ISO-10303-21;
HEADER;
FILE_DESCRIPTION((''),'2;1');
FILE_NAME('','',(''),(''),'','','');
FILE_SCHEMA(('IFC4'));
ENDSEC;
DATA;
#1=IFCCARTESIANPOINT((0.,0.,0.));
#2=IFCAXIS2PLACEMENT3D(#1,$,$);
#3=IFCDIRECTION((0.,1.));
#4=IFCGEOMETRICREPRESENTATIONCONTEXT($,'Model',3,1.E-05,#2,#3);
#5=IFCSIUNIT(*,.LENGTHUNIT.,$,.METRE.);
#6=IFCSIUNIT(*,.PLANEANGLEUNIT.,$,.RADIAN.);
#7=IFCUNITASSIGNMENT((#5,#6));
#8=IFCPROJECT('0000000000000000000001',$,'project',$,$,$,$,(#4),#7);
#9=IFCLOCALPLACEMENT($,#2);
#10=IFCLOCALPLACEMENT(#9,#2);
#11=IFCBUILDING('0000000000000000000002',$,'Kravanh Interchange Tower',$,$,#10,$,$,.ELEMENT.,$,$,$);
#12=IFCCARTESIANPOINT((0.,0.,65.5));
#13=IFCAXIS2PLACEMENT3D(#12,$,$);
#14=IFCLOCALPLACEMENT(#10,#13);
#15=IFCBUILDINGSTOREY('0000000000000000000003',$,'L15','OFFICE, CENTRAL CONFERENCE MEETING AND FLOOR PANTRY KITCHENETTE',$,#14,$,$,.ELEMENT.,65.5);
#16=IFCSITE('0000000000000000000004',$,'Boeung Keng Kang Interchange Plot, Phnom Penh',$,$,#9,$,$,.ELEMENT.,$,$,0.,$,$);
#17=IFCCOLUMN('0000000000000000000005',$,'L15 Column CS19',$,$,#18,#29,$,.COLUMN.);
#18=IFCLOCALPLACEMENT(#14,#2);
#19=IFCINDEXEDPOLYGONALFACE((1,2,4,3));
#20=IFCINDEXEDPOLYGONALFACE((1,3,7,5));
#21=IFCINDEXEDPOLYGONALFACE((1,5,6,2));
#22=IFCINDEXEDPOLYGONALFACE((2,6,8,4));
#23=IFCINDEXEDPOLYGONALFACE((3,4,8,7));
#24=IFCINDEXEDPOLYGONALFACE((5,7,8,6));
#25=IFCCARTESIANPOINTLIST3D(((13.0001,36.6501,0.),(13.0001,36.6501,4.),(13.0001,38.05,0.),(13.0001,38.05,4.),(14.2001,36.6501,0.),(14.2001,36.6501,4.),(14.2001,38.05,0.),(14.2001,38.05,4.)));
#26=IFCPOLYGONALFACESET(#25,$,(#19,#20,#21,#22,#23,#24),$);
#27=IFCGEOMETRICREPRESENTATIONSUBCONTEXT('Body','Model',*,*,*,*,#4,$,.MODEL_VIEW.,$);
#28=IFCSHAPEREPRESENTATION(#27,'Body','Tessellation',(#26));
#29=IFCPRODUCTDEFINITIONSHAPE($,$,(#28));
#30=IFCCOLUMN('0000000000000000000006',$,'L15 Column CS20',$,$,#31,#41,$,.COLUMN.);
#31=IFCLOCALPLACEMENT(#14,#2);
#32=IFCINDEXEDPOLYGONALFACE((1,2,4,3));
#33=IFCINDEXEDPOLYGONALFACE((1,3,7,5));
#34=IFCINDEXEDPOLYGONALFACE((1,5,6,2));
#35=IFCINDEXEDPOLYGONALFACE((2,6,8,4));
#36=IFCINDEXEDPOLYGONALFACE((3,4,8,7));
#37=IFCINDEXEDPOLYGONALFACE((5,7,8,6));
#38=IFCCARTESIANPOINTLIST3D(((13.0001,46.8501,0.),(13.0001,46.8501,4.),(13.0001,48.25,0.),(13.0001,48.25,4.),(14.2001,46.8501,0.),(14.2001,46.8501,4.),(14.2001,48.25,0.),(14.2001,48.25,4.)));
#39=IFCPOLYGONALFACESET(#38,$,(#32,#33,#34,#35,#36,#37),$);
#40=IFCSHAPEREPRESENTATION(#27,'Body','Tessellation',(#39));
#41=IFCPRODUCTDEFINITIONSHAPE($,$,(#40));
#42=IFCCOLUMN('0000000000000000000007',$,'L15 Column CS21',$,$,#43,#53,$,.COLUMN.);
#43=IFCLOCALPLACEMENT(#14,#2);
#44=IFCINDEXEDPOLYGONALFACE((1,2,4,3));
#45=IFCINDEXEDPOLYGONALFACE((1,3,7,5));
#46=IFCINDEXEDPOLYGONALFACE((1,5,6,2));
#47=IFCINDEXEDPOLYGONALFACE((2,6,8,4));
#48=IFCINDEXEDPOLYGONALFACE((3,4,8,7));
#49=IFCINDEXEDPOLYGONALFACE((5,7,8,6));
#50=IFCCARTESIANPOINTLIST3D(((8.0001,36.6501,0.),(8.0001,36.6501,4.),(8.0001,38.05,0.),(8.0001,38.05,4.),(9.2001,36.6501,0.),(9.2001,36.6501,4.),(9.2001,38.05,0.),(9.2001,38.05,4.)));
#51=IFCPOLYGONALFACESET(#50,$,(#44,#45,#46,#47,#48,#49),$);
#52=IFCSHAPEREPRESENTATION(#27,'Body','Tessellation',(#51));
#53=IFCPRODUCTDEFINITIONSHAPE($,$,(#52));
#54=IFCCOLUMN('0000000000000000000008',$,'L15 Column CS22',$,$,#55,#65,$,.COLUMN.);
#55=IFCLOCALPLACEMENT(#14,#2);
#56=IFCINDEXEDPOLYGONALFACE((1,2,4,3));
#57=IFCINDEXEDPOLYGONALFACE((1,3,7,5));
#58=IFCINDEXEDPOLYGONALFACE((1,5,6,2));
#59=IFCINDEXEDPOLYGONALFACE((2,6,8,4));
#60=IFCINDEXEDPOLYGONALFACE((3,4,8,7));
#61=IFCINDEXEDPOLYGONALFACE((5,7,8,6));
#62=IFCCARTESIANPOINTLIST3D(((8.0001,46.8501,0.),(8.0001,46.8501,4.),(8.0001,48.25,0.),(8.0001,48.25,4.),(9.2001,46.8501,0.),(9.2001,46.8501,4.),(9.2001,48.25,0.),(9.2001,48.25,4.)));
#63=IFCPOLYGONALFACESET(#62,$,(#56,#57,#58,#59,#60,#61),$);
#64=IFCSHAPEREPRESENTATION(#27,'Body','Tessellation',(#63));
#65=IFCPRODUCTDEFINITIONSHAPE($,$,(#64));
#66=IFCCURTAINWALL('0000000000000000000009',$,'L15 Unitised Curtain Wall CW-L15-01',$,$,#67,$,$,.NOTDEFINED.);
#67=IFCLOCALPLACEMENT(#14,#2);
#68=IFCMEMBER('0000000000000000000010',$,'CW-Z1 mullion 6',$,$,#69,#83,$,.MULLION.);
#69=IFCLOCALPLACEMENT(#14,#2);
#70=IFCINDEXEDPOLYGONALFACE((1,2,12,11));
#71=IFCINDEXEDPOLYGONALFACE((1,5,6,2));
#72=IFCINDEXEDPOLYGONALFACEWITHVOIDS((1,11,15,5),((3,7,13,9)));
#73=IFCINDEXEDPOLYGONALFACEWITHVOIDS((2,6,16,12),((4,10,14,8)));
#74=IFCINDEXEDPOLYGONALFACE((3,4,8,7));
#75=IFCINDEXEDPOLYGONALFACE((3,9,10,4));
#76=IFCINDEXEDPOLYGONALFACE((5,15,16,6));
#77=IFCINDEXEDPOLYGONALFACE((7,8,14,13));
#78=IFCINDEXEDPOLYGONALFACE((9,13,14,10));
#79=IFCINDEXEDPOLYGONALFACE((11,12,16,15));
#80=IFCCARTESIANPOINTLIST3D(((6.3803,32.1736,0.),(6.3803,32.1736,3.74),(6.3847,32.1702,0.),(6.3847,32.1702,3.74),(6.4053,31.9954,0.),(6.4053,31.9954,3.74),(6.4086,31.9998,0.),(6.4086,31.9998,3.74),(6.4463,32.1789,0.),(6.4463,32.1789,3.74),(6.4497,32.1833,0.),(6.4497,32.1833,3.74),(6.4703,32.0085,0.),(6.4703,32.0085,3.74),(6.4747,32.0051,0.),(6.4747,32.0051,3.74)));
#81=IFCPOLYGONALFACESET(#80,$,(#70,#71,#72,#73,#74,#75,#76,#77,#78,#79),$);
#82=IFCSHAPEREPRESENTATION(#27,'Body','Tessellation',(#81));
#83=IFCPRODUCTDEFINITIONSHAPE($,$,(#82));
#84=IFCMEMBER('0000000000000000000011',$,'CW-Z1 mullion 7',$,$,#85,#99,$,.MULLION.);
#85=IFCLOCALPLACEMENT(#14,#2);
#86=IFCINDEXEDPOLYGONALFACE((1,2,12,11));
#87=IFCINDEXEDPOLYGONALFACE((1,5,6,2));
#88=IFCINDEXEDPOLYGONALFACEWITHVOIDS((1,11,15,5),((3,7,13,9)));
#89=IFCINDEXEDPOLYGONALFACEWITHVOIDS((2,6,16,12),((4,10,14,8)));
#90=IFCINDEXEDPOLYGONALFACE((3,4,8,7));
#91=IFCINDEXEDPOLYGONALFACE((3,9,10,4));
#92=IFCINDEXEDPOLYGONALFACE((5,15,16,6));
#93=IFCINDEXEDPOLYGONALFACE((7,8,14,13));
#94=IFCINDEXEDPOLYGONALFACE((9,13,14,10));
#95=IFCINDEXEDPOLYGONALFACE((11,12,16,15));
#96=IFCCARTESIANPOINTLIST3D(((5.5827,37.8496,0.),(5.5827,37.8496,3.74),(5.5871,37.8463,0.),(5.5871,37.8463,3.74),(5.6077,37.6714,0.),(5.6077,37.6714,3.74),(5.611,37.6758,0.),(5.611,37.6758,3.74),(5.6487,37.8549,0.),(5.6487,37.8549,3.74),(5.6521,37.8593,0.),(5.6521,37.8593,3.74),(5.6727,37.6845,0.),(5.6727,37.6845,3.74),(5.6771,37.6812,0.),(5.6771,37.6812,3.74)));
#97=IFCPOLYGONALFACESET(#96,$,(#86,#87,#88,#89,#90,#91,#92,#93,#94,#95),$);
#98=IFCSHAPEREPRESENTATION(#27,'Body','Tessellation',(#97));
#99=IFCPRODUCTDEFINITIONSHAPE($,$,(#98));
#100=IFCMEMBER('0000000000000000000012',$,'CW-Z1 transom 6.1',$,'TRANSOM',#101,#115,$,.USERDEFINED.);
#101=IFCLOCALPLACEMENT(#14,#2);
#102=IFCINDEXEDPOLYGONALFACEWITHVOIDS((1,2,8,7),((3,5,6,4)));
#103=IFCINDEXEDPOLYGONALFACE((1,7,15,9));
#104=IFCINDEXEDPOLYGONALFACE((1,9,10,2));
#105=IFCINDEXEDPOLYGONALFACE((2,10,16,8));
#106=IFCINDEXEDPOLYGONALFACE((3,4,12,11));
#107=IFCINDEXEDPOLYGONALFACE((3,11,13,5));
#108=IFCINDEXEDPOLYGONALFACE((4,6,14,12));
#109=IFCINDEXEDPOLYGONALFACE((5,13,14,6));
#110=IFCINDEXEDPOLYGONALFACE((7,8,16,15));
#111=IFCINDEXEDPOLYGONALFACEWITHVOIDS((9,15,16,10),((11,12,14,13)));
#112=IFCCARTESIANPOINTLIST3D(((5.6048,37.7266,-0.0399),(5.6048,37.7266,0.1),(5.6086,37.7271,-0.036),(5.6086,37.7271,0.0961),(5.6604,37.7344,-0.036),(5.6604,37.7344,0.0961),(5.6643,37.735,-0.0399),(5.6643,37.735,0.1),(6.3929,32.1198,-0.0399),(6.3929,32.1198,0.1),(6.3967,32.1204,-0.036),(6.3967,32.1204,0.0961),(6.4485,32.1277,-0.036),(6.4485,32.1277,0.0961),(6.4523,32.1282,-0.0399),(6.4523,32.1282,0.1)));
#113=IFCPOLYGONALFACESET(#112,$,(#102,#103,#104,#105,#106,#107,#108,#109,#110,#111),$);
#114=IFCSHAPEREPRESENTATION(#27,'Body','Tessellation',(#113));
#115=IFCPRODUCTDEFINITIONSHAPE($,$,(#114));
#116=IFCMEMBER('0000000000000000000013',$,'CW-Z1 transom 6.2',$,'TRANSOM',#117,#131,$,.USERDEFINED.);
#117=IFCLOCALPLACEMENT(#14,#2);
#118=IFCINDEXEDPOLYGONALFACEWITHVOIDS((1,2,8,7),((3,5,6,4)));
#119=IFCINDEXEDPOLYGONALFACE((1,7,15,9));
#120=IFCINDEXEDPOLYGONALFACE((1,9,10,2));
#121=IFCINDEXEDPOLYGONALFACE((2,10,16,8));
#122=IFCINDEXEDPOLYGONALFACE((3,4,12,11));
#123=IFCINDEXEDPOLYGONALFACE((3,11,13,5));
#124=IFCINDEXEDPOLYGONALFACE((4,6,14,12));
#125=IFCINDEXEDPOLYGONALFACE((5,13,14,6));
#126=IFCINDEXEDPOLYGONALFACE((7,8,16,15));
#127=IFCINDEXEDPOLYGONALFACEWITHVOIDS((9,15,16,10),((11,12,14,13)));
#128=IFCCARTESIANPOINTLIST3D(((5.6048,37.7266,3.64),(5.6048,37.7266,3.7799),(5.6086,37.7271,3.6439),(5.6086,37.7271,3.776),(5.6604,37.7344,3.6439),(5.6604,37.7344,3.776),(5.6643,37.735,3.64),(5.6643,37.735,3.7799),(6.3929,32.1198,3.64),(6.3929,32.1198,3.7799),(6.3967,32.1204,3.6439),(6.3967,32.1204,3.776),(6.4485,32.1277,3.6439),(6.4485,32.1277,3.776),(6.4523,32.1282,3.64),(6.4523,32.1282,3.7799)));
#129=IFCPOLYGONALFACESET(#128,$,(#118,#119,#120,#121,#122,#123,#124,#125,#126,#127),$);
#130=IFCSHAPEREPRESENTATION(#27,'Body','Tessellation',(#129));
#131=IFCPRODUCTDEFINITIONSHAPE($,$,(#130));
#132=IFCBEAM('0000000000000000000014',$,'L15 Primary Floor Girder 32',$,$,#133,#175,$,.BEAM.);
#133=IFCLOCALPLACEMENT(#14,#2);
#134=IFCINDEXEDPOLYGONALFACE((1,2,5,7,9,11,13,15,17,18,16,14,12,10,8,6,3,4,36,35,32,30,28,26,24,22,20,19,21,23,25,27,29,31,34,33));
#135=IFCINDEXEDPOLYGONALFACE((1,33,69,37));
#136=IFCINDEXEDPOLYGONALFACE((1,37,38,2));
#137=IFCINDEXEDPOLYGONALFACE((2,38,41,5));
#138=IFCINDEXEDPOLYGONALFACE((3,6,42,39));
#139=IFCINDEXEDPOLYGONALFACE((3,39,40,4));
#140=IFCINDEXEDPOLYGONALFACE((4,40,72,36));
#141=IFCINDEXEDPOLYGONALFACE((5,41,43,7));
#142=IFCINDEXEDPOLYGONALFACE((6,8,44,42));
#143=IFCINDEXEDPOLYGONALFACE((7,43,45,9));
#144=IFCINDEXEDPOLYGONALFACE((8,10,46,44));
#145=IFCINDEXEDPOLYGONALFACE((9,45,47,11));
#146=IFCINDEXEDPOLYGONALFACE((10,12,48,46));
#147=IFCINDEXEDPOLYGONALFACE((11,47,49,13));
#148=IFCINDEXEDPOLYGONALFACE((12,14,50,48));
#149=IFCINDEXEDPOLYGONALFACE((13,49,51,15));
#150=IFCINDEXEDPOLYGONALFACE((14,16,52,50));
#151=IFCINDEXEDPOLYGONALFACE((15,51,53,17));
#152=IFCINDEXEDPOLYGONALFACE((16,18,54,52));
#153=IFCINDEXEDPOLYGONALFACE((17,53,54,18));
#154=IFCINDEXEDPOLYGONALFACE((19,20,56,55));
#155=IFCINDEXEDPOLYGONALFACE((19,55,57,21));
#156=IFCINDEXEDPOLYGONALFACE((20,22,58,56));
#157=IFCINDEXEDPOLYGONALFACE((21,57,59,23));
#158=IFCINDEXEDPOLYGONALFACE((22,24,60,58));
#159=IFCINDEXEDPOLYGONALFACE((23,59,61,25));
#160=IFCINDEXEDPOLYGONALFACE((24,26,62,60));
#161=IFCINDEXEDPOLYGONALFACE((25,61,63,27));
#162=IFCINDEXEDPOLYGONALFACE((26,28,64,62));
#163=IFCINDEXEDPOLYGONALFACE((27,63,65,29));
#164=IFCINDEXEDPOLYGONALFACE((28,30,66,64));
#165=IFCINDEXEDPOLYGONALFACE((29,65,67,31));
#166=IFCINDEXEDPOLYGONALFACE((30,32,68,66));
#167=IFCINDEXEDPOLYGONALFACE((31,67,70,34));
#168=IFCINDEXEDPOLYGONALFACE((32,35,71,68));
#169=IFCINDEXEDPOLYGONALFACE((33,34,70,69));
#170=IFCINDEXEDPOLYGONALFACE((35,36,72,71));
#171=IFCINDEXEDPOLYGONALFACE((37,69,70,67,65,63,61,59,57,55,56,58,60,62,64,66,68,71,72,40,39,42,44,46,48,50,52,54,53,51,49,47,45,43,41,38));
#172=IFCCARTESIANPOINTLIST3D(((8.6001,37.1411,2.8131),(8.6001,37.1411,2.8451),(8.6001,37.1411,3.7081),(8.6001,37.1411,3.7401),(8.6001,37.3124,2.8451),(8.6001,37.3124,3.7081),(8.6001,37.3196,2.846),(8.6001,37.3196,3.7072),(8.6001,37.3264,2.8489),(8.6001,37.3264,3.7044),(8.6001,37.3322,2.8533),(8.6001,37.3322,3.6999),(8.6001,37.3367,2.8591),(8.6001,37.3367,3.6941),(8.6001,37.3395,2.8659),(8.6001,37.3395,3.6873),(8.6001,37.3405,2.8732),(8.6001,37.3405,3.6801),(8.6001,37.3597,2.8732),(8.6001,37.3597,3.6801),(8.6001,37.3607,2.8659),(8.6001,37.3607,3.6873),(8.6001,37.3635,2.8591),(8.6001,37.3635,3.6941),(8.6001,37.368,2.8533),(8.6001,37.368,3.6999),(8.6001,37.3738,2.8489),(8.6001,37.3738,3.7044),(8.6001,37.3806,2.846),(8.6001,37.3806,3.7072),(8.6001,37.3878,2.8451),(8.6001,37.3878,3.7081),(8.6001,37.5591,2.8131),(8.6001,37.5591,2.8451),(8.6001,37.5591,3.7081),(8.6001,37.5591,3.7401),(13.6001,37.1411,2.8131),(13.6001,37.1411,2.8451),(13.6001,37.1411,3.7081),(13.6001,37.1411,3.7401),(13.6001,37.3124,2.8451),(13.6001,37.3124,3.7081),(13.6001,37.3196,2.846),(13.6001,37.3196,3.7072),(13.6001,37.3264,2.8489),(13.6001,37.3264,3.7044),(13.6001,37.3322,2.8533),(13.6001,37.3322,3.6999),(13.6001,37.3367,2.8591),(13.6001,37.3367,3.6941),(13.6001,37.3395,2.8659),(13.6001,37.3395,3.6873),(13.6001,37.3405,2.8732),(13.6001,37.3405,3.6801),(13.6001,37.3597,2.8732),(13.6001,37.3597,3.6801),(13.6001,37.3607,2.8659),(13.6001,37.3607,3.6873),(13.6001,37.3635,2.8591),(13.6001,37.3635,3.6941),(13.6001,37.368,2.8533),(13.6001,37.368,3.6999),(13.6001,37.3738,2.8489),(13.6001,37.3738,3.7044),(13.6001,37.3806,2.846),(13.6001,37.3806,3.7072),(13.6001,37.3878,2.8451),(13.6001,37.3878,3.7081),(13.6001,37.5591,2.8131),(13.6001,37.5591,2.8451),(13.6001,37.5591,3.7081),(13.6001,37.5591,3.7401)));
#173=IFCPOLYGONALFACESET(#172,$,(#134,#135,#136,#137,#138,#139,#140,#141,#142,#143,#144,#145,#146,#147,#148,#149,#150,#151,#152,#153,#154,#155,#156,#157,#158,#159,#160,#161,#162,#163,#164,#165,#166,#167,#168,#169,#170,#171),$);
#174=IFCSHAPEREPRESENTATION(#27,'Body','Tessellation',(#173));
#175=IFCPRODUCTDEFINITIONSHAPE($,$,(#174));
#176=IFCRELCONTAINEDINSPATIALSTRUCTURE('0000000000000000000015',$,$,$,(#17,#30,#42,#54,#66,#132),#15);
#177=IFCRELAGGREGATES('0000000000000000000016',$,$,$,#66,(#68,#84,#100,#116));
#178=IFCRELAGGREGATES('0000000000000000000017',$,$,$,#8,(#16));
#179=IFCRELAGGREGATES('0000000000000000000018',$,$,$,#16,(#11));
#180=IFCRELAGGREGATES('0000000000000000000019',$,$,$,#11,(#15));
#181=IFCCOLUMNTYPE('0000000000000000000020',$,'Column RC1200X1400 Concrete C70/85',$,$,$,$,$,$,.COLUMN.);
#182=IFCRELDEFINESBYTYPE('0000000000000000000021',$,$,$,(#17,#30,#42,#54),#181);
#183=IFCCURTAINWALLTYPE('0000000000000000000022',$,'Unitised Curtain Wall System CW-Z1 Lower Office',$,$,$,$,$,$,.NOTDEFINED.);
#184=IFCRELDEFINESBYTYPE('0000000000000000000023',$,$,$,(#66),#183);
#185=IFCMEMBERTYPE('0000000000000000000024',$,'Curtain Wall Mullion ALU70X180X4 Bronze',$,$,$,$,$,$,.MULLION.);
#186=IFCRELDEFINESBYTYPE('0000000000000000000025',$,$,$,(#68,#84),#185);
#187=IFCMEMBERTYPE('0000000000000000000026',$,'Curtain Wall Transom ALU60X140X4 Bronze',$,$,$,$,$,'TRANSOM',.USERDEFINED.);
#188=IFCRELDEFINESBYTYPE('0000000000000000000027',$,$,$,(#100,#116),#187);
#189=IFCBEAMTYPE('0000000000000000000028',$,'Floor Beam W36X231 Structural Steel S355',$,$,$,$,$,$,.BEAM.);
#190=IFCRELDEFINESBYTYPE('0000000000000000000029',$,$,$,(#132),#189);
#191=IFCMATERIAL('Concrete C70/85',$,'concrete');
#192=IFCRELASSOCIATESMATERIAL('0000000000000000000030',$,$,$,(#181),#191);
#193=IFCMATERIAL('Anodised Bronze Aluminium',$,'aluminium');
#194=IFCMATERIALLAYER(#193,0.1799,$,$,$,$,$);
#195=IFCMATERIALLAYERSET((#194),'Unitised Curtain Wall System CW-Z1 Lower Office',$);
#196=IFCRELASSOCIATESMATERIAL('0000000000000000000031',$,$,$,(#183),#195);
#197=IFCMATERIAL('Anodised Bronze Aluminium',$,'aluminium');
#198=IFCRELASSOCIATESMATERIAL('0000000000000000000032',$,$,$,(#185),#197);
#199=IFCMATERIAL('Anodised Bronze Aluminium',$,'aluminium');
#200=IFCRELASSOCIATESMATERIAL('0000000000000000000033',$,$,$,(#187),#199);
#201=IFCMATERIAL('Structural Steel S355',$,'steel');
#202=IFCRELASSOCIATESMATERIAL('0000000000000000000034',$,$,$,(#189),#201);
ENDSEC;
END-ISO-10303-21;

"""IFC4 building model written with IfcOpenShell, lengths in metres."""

from ifc_helpers import new_model, si_unit, direction, frame, origin, origin_2d, place, context, subcontext, project, spatial, rectangle, hollow_rectangle, i_section, extrude, material, layer, layer_set, material_profile, profile_set, type_object, element, aggregate, save


model = new_model("IFC4")

# Units and contexts
model_context = context("Model", 3, precision=1e-05, world=origin(), true_north=direction((0.0, 1.0)))
body_context = subcontext(model_context, "Body", "Model", "MODEL_VIEW")
ifc_project = project(units=[si_unit("LENGTHUNIT", "METRE"), si_unit("PLANEANGLEUNIT", "RADIAN")], contexts=[model_context])

# Site, building, storey
site_placement = place(None, origin())
site = spatial("IfcSite", under=ifc_project, at=site_placement, Name="Boeung Keng Kang Interchange Plot, Phnom Penh", CompositionType="ELEMENT", RefElevation=0.0)
building_placement = place(site_placement, origin())
building = spatial("IfcBuilding", under=site, at=building_placement, Name="Kravanh Interchange Tower", CompositionType="ELEMENT")
storey_placement = place(building_placement, frame((0.0, 0.0, 65.5)))
storey = spatial("IfcBuildingStorey", under=building, at=storey_placement, Name="L15", Description="OFFICE, CENTRAL CONFERENCE MEETING AND FLOOR PANTRY KITCHENETTE", CompositionType="ELEMENT", Elevation=65.5)

# Columns
ifc_material_1 = material(Name="Concrete C70/85", Category="concrete")
ifc_material_profile_1 = material_profile(ifc_material_1, rectangle(XDim=1.2, YDim=1.3999, at=origin_2d()), Name="RC1200X1400")
ifc_profile_set_1 = profile_set([ifc_material_profile_1], Name="Concrete C70/85")
column_type = type_object("IfcColumnType", Name="Column RC1200X1400 Concrete C70/85", PredefinedType="COLUMN", material=ifc_profile_set_1)
for number, where, z_axis, x_axis, name in (
    (1, (13.6001, 37.3501, 0.0), (0.0, 0.0, 1.0), (1.0, 0.0, 0.0), "L15 Column CS19"),
    (2, (13.6001, 47.55, 0.0), (0.0, 0.0, 1.0), (1.0, 0.0, 0.0), "L15 Column CS20"),
    (3, (8.6001, 37.3501, 0.0), (0.0, 0.0, 1.0), (1.0, 0.0, 0.0), "L15 Column CS21"),
    (4, (8.6001, 47.55, 0.0), (0.0, 0.0, 1.0), (1.0, 0.0, 0.0), "L15 Column CS22"),
):
    element("IfcColumn", number, at=place(storey_placement, frame(where, z_axis=z_axis, x_axis=x_axis)), inside=storey, type_object=column_type, Name=name, PredefinedType="COLUMN", context=body_context, shape_type="SweptSolid", body=[
        extrude(rectangle(XDim=1.2, YDim=1.3999, at=origin_2d()), origin(), (0.0, 0.0, 1.0), 4.0),
    ])

# Curtain wall, members
ifc_material_2 = material(Name="Anodised Bronze Aluminium", Category="aluminium")
ifc_layer_1 = layer(ifc_material_2, 0.1799)
ifc_layer_set_1 = layer_set([ifc_layer_1], Name="Unitised Curtain Wall System CW-Z1 Lower Office")
curtain_wall_type = type_object("IfcCurtainWallType", Name="Unitised Curtain Wall System CW-Z1 Lower Office", PredefinedType="NOTDEFINED", material=ifc_layer_set_1)
curtain_wall_placement = place(storey_placement, origin())
curtain_wall = element("IfcCurtainWall", 5, at=curtain_wall_placement, inside=storey, type_object=curtain_wall_type, Name="L15 Unitised Curtain Wall CW-L15-01", PredefinedType="NOTDEFINED")
ifc_material_3 = material(Name="Anodised Bronze Aluminium", Category="aluminium")
ifc_material_profile_2 = material_profile(ifc_material_3, hollow_rectangle(XDim=0.0701, YDim=0.1799, WallThickness=0.0039, at=origin_2d()), Name="ALU70X180X4")
ifc_profile_set_2 = profile_set([ifc_material_profile_2], Name="Anodised Bronze Aluminium")
member_type_1 = type_object("IfcMemberType", Name="Curtain Wall Mullion ALU70X180X4 Bronze", PredefinedType="MULLION", material=ifc_profile_set_2)
member_1_placement = place(storey_placement, frame((6.4275, 32.0894, 0.0), z_axis=(0.0, 0.0, 1.0), x_axis=(-0.990268, -0.139177, 0.0)))
member_1 = element("IfcMember", 6, at=member_1_placement, type_object=member_type_1, Name="CW-Z1 mullion 6", PredefinedType="MULLION", context=body_context, shape_type="SweptSolid", body=[
    extrude(hollow_rectangle(XDim=0.0701, YDim=0.1799, WallThickness=0.0039, at=origin_2d()), origin(), (0.0, 0.0, 1.0), 3.74),
])
member_2_placement = place(storey_placement, frame((5.6299, 37.7654, 0.0), z_axis=(0.0, 0.0, 1.0), x_axis=(-0.990268, -0.139177, 0.0)))
member_2 = element("IfcMember", 7, at=member_2_placement, type_object=member_type_1, Name="CW-Z1 mullion 7", PredefinedType="MULLION", context=body_context, shape_type="SweptSolid", body=[
    extrude(hollow_rectangle(XDim=0.0701, YDim=0.1799, WallThickness=0.0039, at=origin_2d()), origin(), (0.0, 0.0, 1.0), 3.74),
])
ifc_material_4 = material(Name="Anodised Bronze Aluminium", Category="aluminium")
ifc_material_profile_3 = material_profile(ifc_material_4, hollow_rectangle(XDim=0.0601, YDim=0.1399, WallThickness=0.0039, at=origin_2d()), Name="ALU60X140X4")
ifc_profile_set_3 = profile_set([ifc_material_profile_3], Name="Anodised Bronze Aluminium")
member_type_2 = type_object("IfcMemberType", Name="Curtain Wall Transom ALU60X140X4 Bronze", ElementType="TRANSOM", PredefinedType="USERDEFINED", material=ifc_profile_set_3)
member_3_placement = place(storey_placement, frame((6.4226, 32.124, 0.03), z_axis=(-0.139193, 0.990265, 0.0), x_axis=(-0.990265, -0.139193, 0.0)))
member_3 = element("IfcMember", 8, at=member_3_placement, type_object=member_type_2, Name="CW-Z1 transom 6.1", ObjectType="TRANSOM", PredefinedType="USERDEFINED", context=body_context, shape_type="SweptSolid", body=[
    extrude(hollow_rectangle(XDim=0.0601, YDim=0.1399, WallThickness=0.0039, at=origin_2d()), origin(), (0.0, 0.0, 1.0), 5.6619),
])
member_4_placement = place(storey_placement, frame((6.4226, 32.124, 3.71), z_axis=(-0.139193, 0.990265, 0.0), x_axis=(-0.990265, -0.139193, 0.0)))
member_4 = element("IfcMember", 9, at=member_4_placement, type_object=member_type_2, Name="CW-Z1 transom 6.2", ObjectType="TRANSOM", PredefinedType="USERDEFINED", context=body_context, shape_type="SweptSolid", body=[
    extrude(hollow_rectangle(XDim=0.0601, YDim=0.1399, WallThickness=0.0039, at=origin_2d()), origin(), (0.0, 0.0, 1.0), 5.6619),
])

# Beam
ifc_material_5 = material(Name="Structural Steel S355", Category="steel")
ifc_material_profile_4 = material_profile(ifc_material_5, i_section(OverallWidth=0.418, OverallDepth=0.927, WebThickness=0.0193, FlangeThickness=0.032, FilletRadius=0.0281, at=origin_2d()), Name="W36X231")
ifc_profile_set_4 = profile_set([ifc_material_profile_4], Name="Structural Steel S355")
beam_type = type_object("IfcBeamType", Name="Floor Beam W36X231 Structural Steel S355", PredefinedType="BEAM", material=ifc_profile_set_4)
beam_1_placement = place(storey_placement, frame((13.6001, 37.3501, 3.2766), z_axis=(-1.0, 0.0, 0.0), x_axis=(0.0, -1.0, 0.0)))
element("IfcBeam", 10, at=beam_1_placement, inside=storey, type_object=beam_type, Name="L15 Primary Floor Girder 32", PredefinedType="BEAM", context=body_context, shape_type="SweptSolid", body=[
    extrude(i_section(OverallWidth=0.418, OverallDepth=0.927, WebThickness=0.0193, FlangeThickness=0.032, FilletRadius=0.0281, at=origin_2d()), origin(), (0.0, 0.0, 1.0), 5.0),
])

aggregate(curtain_wall, [member_1, member_2, member_3, member_4])

save(model, "model.ifc")
